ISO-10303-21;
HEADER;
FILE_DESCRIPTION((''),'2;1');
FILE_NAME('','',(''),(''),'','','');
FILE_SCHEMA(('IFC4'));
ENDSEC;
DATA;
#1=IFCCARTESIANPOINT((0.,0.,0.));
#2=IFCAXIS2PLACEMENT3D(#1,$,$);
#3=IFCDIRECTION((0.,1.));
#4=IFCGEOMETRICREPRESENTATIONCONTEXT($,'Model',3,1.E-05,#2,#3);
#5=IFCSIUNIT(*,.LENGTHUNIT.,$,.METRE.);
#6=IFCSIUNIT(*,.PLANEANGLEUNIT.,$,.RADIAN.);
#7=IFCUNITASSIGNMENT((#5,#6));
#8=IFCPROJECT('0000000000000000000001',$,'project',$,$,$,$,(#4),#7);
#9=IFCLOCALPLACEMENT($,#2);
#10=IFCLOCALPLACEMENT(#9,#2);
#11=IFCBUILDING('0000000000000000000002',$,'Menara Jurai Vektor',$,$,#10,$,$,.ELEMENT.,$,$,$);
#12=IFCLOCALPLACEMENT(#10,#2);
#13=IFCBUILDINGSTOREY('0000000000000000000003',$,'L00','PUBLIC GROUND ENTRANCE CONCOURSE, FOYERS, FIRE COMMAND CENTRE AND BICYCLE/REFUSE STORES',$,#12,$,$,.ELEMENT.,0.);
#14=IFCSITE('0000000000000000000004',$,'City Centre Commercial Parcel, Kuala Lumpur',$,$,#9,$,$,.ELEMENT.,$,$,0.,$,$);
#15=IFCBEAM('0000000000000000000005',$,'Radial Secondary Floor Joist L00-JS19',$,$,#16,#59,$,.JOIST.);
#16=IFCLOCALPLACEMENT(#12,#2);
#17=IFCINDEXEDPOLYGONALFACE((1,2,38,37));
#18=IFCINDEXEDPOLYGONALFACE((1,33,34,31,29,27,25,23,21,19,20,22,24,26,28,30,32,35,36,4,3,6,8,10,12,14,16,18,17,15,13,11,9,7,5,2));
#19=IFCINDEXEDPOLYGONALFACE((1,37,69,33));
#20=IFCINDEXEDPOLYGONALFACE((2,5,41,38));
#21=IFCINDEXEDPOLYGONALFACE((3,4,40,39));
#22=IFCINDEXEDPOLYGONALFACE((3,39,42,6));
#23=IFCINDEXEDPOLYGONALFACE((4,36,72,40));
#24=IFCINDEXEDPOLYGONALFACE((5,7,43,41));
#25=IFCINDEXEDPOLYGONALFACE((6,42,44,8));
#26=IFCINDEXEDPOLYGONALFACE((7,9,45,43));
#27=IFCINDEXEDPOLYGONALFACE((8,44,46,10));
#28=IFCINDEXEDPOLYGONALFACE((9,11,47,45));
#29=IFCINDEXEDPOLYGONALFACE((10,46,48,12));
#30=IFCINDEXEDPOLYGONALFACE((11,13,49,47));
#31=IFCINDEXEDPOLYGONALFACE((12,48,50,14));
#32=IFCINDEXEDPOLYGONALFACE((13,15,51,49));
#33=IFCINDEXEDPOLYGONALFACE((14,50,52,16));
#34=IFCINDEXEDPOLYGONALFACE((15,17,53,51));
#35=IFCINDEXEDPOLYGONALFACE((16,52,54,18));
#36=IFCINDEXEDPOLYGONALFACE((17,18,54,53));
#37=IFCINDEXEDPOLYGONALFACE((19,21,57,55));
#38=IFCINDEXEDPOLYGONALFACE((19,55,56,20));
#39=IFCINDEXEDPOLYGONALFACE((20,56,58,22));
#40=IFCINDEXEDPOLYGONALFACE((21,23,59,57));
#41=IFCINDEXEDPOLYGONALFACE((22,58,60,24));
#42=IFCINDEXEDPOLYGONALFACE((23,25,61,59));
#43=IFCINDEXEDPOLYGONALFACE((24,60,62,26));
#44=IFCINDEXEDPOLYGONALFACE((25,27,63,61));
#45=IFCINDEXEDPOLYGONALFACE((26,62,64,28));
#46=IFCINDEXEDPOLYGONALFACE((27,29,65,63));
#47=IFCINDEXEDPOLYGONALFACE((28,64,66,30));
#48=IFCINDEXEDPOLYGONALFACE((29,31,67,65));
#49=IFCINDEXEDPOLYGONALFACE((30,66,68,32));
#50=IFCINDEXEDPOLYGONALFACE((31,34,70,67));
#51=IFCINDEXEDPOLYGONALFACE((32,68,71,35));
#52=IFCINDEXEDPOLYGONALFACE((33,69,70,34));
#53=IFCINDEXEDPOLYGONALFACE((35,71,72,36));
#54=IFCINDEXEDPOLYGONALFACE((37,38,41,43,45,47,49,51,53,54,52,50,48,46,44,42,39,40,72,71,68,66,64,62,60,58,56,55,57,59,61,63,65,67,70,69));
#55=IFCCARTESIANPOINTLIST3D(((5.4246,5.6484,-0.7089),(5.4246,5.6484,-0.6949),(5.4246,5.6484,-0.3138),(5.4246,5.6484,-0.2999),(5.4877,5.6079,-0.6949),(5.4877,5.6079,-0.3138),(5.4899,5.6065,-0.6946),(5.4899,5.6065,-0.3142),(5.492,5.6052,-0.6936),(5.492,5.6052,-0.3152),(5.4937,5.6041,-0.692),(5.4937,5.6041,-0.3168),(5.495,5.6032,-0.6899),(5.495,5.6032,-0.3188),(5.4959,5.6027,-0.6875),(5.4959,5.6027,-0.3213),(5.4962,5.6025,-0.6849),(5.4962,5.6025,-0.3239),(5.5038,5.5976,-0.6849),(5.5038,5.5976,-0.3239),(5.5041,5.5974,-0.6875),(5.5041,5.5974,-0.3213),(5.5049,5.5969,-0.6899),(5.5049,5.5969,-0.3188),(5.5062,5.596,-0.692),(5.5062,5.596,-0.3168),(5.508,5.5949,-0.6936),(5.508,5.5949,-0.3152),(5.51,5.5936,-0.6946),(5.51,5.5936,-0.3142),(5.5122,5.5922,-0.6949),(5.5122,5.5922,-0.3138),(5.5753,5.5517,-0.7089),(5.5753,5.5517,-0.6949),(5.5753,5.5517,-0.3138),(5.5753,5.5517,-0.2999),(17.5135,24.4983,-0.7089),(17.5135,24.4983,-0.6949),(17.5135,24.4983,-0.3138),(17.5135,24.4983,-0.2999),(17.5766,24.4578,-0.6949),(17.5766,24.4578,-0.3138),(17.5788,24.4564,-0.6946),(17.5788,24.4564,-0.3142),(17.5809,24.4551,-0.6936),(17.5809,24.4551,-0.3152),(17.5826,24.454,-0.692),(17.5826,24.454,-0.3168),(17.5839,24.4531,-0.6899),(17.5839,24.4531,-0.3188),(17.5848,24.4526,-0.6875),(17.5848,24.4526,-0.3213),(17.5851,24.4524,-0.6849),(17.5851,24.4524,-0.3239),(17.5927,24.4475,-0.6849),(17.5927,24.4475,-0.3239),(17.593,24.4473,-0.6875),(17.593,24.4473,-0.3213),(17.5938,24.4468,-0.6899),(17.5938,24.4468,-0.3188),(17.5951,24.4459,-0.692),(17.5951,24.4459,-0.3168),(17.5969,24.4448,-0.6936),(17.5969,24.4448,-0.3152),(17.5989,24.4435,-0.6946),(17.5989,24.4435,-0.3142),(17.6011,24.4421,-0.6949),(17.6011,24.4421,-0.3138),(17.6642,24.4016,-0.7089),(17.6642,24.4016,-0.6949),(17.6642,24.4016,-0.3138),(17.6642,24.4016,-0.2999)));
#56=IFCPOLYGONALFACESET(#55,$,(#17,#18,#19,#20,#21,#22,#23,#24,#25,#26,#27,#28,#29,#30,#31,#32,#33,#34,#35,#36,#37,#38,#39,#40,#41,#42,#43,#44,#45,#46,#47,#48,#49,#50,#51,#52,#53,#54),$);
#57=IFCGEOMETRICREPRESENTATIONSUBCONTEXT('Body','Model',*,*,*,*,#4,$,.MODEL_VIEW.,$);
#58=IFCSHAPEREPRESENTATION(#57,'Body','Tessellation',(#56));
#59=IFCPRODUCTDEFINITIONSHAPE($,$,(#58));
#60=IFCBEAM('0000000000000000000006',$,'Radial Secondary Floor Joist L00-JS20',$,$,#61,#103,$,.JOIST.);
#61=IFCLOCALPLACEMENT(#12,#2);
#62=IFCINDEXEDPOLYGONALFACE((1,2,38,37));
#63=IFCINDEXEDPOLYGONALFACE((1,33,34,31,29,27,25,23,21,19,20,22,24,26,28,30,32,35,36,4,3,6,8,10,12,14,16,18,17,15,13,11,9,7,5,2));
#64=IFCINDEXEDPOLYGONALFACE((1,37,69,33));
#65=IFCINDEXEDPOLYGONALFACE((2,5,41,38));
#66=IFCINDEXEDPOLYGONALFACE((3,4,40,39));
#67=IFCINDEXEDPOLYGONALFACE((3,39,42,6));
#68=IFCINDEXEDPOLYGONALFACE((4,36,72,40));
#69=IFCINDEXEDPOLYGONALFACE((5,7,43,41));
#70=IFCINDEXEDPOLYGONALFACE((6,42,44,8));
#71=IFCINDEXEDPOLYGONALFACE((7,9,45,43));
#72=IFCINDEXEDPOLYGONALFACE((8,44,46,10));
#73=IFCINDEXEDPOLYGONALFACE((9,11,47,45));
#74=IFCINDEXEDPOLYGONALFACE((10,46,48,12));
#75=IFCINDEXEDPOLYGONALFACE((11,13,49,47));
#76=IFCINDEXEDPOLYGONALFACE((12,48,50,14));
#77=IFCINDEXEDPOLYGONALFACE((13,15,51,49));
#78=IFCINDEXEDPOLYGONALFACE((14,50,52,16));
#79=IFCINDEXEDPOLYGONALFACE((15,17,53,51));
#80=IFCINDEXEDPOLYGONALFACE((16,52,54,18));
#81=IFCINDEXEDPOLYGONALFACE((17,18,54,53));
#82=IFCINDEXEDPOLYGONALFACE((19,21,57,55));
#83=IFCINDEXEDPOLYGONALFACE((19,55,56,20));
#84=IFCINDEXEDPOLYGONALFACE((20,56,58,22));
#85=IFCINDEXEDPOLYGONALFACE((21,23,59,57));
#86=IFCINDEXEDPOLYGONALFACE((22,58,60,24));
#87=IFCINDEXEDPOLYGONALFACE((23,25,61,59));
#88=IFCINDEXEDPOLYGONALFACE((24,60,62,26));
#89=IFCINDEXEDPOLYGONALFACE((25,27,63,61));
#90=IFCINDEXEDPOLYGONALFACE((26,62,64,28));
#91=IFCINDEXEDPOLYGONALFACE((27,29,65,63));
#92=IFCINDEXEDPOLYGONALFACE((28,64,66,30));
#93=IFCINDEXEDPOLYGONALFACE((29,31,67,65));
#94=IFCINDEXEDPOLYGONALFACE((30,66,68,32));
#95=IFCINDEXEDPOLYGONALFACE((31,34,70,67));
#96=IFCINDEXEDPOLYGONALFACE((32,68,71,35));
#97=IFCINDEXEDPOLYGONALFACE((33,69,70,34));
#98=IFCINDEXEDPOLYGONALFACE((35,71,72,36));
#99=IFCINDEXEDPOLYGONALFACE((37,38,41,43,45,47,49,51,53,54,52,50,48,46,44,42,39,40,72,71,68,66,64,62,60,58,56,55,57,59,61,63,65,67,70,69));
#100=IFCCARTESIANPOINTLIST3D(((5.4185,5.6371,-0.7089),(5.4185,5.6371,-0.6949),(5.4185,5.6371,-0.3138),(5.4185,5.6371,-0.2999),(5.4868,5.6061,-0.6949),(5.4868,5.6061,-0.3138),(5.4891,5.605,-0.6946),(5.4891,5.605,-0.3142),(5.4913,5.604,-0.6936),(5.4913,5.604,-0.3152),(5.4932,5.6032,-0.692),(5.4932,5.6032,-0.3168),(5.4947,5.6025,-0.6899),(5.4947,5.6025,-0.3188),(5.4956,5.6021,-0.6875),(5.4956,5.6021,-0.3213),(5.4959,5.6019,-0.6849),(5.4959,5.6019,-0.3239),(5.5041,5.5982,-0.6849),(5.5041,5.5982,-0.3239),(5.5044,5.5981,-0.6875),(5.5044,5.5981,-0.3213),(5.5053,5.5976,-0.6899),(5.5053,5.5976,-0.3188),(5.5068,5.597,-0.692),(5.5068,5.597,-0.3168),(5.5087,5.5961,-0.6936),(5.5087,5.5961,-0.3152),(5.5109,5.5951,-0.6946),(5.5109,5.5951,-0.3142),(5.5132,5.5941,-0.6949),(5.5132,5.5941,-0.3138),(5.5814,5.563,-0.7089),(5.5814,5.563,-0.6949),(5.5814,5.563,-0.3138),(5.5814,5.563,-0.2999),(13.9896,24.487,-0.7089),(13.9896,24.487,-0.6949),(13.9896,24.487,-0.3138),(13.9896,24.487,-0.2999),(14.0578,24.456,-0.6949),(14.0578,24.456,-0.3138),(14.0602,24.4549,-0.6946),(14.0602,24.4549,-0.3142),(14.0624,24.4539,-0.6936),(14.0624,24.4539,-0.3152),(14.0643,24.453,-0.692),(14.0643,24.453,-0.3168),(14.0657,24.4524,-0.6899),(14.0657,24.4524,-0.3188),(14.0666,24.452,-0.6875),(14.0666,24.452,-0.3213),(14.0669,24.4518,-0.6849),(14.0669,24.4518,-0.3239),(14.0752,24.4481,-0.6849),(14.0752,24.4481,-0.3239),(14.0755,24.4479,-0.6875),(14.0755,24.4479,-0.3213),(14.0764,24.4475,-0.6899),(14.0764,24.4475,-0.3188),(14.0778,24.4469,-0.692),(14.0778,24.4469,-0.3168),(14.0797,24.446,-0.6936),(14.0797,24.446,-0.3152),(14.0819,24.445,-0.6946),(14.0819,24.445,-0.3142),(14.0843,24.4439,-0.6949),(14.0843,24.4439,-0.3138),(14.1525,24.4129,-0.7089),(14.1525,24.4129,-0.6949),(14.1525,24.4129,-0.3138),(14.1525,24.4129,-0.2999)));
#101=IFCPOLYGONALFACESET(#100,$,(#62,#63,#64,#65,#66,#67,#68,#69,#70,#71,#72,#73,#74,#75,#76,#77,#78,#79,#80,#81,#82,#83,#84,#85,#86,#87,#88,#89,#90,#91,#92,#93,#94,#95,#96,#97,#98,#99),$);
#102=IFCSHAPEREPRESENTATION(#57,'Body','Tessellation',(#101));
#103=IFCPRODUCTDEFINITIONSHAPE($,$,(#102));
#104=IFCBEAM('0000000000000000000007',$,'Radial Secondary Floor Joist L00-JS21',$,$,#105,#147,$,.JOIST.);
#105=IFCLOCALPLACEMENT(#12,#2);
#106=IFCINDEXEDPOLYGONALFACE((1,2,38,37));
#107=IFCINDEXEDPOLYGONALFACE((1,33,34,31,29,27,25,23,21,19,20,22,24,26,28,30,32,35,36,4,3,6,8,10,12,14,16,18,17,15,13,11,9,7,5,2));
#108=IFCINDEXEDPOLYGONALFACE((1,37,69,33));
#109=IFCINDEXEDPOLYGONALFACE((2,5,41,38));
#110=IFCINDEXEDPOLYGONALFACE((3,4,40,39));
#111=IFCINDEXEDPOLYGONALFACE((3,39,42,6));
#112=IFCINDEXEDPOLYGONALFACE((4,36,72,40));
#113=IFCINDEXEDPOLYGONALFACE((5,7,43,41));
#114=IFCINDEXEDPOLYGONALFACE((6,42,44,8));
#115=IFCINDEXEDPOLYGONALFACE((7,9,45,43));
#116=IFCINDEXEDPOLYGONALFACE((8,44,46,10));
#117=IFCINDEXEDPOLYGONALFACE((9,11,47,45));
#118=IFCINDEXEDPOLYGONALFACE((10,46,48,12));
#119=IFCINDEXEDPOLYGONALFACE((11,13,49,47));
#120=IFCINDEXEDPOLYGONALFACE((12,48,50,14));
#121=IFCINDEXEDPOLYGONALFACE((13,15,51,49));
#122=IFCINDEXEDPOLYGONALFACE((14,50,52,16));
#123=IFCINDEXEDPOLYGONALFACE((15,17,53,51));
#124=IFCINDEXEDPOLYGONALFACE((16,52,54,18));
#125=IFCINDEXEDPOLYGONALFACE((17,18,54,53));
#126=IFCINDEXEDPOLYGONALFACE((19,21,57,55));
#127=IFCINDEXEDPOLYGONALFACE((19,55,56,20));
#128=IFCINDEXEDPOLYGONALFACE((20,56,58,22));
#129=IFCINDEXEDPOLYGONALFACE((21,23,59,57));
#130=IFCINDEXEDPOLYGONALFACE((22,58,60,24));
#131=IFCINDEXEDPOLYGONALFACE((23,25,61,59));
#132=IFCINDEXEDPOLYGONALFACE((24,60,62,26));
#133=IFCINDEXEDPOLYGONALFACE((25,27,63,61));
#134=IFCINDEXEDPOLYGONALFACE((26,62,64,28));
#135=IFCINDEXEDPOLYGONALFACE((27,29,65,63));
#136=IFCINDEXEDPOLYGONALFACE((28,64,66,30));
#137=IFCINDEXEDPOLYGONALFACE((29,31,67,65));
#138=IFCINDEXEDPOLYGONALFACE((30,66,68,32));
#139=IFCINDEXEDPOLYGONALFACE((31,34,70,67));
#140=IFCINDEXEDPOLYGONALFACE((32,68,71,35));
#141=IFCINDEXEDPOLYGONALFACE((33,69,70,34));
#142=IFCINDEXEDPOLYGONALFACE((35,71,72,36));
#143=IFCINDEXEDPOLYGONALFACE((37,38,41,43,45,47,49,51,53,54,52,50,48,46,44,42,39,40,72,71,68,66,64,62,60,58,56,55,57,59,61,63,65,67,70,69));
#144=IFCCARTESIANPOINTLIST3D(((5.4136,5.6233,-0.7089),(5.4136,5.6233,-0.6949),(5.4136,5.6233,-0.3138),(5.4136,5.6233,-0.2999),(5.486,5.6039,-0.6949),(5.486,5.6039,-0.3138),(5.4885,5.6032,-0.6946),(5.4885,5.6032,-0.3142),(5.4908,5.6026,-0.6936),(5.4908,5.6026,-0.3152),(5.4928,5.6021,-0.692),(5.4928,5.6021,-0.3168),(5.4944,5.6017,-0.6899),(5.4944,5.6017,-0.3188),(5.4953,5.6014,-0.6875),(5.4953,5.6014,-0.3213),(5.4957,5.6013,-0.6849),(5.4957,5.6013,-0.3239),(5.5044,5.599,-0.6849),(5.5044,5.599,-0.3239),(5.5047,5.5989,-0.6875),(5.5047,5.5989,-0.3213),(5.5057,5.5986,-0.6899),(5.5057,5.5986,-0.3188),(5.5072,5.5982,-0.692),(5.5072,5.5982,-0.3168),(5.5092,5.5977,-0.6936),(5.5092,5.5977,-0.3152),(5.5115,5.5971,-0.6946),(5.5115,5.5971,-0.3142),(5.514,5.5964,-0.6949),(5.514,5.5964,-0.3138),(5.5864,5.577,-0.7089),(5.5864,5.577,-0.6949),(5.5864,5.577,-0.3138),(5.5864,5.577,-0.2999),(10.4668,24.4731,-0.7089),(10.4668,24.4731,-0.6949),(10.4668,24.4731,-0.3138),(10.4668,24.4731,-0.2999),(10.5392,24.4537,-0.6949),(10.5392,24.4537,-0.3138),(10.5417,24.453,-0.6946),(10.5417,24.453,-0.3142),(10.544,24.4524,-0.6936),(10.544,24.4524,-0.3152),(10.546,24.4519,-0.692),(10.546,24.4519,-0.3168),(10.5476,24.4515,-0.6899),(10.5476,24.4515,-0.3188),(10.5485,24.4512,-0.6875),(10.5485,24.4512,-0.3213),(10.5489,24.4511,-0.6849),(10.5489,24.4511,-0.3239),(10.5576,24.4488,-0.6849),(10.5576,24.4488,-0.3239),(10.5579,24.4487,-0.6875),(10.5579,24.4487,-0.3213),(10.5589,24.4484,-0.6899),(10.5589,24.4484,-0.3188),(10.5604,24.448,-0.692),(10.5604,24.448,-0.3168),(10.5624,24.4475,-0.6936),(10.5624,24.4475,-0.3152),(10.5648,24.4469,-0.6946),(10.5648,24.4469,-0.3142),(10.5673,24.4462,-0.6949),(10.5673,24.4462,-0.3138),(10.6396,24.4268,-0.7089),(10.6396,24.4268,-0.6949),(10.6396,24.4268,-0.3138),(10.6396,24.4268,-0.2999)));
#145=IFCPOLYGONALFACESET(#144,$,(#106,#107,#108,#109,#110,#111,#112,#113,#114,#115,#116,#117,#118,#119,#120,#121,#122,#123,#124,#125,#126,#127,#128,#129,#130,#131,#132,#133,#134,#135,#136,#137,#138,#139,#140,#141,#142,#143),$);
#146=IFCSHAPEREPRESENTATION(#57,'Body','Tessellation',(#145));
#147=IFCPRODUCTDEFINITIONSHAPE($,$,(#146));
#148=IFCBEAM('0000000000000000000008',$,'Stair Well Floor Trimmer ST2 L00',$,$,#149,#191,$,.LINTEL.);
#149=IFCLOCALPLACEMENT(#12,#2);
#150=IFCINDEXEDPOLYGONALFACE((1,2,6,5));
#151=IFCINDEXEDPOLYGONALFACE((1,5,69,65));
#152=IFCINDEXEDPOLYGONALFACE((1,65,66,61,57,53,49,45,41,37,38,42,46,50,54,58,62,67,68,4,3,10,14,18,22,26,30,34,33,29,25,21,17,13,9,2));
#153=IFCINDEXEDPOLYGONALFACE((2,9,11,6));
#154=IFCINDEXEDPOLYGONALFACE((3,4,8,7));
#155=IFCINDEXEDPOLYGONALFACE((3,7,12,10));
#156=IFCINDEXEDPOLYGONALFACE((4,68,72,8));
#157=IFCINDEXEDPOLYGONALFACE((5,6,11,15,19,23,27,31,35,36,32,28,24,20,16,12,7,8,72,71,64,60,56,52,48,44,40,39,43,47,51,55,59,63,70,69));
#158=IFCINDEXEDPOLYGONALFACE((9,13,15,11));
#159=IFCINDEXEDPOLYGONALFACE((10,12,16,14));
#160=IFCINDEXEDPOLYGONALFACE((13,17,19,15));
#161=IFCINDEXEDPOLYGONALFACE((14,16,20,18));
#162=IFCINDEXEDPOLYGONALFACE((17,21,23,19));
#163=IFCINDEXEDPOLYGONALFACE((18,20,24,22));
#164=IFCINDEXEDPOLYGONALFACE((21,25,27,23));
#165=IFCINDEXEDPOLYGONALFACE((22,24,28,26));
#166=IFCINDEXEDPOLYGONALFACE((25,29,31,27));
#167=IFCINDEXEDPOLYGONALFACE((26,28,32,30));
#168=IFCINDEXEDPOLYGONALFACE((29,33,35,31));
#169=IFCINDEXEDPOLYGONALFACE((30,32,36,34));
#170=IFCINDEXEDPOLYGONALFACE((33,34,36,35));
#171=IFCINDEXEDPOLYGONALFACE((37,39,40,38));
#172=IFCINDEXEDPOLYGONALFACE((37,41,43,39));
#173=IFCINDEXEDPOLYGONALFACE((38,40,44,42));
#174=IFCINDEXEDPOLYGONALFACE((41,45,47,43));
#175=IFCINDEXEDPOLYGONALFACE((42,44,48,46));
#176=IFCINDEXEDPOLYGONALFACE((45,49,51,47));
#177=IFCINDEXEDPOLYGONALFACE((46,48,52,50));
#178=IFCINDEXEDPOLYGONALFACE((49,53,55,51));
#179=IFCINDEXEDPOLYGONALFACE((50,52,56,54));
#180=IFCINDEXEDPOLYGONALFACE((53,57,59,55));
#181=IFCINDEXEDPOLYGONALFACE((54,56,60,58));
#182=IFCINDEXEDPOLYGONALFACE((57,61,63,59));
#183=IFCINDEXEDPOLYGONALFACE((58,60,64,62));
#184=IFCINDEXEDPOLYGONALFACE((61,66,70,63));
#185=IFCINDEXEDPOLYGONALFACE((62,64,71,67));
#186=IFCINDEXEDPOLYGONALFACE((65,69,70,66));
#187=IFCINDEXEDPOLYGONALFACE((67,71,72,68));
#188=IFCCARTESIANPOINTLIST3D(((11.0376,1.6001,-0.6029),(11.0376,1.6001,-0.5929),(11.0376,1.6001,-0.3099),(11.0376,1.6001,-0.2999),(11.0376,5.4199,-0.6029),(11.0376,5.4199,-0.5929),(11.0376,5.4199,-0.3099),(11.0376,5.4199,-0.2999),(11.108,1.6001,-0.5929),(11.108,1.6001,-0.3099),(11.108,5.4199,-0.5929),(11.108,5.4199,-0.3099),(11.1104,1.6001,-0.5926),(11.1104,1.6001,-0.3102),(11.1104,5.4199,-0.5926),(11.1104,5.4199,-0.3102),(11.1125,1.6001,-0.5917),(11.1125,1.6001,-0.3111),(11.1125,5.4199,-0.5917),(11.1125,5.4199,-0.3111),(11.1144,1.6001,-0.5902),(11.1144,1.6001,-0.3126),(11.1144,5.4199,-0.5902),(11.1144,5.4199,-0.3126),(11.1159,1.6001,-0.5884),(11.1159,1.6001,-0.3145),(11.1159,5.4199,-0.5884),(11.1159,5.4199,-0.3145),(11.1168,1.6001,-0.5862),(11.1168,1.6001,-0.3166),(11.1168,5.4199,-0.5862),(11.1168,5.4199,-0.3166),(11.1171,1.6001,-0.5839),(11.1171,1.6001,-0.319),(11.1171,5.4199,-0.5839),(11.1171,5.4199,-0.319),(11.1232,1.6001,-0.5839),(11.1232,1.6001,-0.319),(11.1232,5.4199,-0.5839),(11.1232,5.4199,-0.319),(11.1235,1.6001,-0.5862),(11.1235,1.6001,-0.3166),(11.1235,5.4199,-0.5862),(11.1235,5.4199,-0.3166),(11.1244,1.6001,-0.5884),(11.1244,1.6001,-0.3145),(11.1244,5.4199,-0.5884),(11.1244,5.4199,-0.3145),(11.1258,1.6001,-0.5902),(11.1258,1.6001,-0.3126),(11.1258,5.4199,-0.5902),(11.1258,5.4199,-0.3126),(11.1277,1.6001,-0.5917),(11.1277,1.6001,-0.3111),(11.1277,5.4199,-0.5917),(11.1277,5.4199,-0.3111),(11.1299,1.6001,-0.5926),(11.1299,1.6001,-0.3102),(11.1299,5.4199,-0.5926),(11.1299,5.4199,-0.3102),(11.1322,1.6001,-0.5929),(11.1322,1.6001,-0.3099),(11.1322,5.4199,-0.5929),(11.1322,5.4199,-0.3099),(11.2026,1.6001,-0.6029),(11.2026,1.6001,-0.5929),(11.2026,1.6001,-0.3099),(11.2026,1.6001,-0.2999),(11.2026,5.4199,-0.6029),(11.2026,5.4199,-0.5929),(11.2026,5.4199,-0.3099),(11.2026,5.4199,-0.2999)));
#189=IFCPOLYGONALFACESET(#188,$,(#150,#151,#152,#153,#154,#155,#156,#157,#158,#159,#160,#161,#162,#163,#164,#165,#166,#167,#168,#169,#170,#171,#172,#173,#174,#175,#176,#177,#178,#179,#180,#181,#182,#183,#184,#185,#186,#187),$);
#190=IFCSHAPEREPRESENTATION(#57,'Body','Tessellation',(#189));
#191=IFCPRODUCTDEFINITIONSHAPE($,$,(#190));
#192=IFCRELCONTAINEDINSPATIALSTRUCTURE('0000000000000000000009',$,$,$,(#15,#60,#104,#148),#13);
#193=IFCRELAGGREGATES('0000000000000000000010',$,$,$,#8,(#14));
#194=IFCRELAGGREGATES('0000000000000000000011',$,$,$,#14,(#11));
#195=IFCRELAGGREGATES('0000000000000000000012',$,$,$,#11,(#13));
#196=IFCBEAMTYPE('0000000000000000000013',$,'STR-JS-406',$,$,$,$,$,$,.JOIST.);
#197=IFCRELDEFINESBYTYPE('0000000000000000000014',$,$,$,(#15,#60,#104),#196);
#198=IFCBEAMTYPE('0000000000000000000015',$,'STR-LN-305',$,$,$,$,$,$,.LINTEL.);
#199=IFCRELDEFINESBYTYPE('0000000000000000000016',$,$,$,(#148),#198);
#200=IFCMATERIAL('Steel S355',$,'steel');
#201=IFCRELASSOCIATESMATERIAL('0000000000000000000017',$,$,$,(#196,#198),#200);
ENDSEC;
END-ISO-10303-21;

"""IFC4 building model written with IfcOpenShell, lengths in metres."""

from ifc_helpers import new_model, si_unit, direction, frame, origin, origin_2d, place, context, subcontext, project, spatial, i_section, extrude, material, material_profile, profile_set, type_object, element, save


model = new_model("IFC4")

# Units and contexts
model_context = context("Model", 3, precision=1e-05, world=origin(), true_north=direction((0.0, 1.0)))
body_context = subcontext(model_context, "Body", "Model", "MODEL_VIEW")
ifc_project = project(units=[si_unit("LENGTHUNIT", "METRE"), si_unit("PLANEANGLEUNIT", "RADIAN")], contexts=[model_context])

# Site, building, storey
site_placement = place(None, origin())
site = spatial("IfcSite", under=ifc_project, at=site_placement, Name="City Centre Commercial Parcel, Kuala Lumpur", CompositionType="ELEMENT", RefElevation=0.0)
building_placement = place(site_placement, origin())
building = spatial("IfcBuilding", under=site, at=building_placement, Name="Menara Jurai Vektor", CompositionType="ELEMENT")
storey_placement = place(building_placement, origin())
storey = spatial("IfcBuildingStorey", under=building, at=storey_placement, Name="L00", Description="PUBLIC GROUND ENTRANCE CONCOURSE, FOYERS, FIRE COMMAND CENTRE AND BICYCLE/REFUSE STORES", CompositionType="ELEMENT", Elevation=0.0)

# Shared definitions
ifc_material_1 = material(Name="Steel S355", Category="steel")

# Beams
ifc_material_profile_1 = material_profile(ifc_material_1, i_section(OverallWidth=0.179, OverallDepth=0.4089, WebThickness=0.009, FlangeThickness=0.0139, FilletRadius=0.01, at=origin_2d()), Name="UKB 406x178x67")
ifc_profile_set_1 = profile_set([ifc_material_profile_1], Name="Steel S355")
beam_type_1 = type_object("IfcBeamType", Name="STR-JS-406", PredefinedType="JOIST", material=ifc_profile_set_1)
beam_1_placement = place(storey_placement, frame((17.5889, 24.45, -0.5044), z_axis=(-0.539844, -0.841765, 0.0), x_axis=(0.841765, -0.539844, 0.0)))
element("IfcBeam", 1, at=beam_1_placement, inside=storey, type_object=beam_type_1, Name="Radial Secondary Floor Joist L00-JS19", PredefinedType="JOIST", context=body_context, shape_type="SweptSolid", body=[
    extrude(i_section(OverallWidth=0.179, OverallDepth=0.4089, WebThickness=0.009, FlangeThickness=0.0139, FilletRadius=0.01, at=origin_2d()), origin(), (0.0, 0.0, 1.0), 22.3933),
])
beam_2_placement = place(storey_placement, frame((14.071, 24.45, -0.5044), z_axis=(-0.41392, -0.910313, 0.0), x_axis=(0.910313, -0.41392, 0.0)))
element("IfcBeam", 2, at=beam_2_placement, inside=storey, type_object=beam_type_1, Name="Radial Secondary Floor Joist L00-JS20", PredefinedType="JOIST", context=body_context, shape_type="SweptSolid", body=[
    extrude(i_section(OverallWidth=0.179, OverallDepth=0.4089, WebThickness=0.009, FlangeThickness=0.0139, FilletRadius=0.01, at=origin_2d()), origin(), (0.0, 0.0, 1.0), 20.707),
])
beam_3_placement = place(storey_placement, frame((10.5532, 24.45, -0.5044), z_axis=(-0.258935, -0.965895, 0.0), x_axis=(0.965895, -0.258935, 0.0)))
element("IfcBeam", 3, at=beam_3_placement, inside=storey, type_object=beam_type_1, Name="Radial Secondary Floor Joist L00-JS21", PredefinedType="JOIST", context=body_context, shape_type="SweptSolid", body=[
    extrude(i_section(OverallWidth=0.179, OverallDepth=0.4089, WebThickness=0.009, FlangeThickness=0.0139, FilletRadius=0.01, at=origin_2d()), origin(), (0.0, 0.0, 1.0), 19.5154),
])
ifc_material_profile_2 = material_profile(ifc_material_1, i_section(OverallWidth=0.165, OverallDepth=0.303, WebThickness=0.0061, FlangeThickness=0.01, FilletRadius=0.009, at=origin_2d()), Name="UKB 305x165x40")
ifc_profile_set_2 = profile_set([ifc_material_profile_2], Name="Steel S355")
beam_type_2 = type_object("IfcBeamType", Name="STR-LN-305", PredefinedType="LINTEL", material=ifc_profile_set_2)
for number, where, z_axis, x_axis, name in (
    (4, (11.1201, 1.6001, -0.4514), (0.0, 1.0, 0.0), (-1.0, 0.0, 0.0), "Stair Well Floor Trimmer ST2 L00"),
):
    element("IfcBeam", number, at=place(storey_placement, frame(where, z_axis=z_axis, x_axis=x_axis)), inside=storey, type_object=beam_type_2, Name=name, PredefinedType="LINTEL", context=body_context, shape_type="SweptSolid", body=[
        extrude(i_section(OverallWidth=0.165, OverallDepth=0.303, WebThickness=0.0061, FlangeThickness=0.01, FilletRadius=0.009, at=origin_2d()), origin(), (0.0, 0.0, 1.0), 3.8198),
    ])

save(model, "model.ifc")
